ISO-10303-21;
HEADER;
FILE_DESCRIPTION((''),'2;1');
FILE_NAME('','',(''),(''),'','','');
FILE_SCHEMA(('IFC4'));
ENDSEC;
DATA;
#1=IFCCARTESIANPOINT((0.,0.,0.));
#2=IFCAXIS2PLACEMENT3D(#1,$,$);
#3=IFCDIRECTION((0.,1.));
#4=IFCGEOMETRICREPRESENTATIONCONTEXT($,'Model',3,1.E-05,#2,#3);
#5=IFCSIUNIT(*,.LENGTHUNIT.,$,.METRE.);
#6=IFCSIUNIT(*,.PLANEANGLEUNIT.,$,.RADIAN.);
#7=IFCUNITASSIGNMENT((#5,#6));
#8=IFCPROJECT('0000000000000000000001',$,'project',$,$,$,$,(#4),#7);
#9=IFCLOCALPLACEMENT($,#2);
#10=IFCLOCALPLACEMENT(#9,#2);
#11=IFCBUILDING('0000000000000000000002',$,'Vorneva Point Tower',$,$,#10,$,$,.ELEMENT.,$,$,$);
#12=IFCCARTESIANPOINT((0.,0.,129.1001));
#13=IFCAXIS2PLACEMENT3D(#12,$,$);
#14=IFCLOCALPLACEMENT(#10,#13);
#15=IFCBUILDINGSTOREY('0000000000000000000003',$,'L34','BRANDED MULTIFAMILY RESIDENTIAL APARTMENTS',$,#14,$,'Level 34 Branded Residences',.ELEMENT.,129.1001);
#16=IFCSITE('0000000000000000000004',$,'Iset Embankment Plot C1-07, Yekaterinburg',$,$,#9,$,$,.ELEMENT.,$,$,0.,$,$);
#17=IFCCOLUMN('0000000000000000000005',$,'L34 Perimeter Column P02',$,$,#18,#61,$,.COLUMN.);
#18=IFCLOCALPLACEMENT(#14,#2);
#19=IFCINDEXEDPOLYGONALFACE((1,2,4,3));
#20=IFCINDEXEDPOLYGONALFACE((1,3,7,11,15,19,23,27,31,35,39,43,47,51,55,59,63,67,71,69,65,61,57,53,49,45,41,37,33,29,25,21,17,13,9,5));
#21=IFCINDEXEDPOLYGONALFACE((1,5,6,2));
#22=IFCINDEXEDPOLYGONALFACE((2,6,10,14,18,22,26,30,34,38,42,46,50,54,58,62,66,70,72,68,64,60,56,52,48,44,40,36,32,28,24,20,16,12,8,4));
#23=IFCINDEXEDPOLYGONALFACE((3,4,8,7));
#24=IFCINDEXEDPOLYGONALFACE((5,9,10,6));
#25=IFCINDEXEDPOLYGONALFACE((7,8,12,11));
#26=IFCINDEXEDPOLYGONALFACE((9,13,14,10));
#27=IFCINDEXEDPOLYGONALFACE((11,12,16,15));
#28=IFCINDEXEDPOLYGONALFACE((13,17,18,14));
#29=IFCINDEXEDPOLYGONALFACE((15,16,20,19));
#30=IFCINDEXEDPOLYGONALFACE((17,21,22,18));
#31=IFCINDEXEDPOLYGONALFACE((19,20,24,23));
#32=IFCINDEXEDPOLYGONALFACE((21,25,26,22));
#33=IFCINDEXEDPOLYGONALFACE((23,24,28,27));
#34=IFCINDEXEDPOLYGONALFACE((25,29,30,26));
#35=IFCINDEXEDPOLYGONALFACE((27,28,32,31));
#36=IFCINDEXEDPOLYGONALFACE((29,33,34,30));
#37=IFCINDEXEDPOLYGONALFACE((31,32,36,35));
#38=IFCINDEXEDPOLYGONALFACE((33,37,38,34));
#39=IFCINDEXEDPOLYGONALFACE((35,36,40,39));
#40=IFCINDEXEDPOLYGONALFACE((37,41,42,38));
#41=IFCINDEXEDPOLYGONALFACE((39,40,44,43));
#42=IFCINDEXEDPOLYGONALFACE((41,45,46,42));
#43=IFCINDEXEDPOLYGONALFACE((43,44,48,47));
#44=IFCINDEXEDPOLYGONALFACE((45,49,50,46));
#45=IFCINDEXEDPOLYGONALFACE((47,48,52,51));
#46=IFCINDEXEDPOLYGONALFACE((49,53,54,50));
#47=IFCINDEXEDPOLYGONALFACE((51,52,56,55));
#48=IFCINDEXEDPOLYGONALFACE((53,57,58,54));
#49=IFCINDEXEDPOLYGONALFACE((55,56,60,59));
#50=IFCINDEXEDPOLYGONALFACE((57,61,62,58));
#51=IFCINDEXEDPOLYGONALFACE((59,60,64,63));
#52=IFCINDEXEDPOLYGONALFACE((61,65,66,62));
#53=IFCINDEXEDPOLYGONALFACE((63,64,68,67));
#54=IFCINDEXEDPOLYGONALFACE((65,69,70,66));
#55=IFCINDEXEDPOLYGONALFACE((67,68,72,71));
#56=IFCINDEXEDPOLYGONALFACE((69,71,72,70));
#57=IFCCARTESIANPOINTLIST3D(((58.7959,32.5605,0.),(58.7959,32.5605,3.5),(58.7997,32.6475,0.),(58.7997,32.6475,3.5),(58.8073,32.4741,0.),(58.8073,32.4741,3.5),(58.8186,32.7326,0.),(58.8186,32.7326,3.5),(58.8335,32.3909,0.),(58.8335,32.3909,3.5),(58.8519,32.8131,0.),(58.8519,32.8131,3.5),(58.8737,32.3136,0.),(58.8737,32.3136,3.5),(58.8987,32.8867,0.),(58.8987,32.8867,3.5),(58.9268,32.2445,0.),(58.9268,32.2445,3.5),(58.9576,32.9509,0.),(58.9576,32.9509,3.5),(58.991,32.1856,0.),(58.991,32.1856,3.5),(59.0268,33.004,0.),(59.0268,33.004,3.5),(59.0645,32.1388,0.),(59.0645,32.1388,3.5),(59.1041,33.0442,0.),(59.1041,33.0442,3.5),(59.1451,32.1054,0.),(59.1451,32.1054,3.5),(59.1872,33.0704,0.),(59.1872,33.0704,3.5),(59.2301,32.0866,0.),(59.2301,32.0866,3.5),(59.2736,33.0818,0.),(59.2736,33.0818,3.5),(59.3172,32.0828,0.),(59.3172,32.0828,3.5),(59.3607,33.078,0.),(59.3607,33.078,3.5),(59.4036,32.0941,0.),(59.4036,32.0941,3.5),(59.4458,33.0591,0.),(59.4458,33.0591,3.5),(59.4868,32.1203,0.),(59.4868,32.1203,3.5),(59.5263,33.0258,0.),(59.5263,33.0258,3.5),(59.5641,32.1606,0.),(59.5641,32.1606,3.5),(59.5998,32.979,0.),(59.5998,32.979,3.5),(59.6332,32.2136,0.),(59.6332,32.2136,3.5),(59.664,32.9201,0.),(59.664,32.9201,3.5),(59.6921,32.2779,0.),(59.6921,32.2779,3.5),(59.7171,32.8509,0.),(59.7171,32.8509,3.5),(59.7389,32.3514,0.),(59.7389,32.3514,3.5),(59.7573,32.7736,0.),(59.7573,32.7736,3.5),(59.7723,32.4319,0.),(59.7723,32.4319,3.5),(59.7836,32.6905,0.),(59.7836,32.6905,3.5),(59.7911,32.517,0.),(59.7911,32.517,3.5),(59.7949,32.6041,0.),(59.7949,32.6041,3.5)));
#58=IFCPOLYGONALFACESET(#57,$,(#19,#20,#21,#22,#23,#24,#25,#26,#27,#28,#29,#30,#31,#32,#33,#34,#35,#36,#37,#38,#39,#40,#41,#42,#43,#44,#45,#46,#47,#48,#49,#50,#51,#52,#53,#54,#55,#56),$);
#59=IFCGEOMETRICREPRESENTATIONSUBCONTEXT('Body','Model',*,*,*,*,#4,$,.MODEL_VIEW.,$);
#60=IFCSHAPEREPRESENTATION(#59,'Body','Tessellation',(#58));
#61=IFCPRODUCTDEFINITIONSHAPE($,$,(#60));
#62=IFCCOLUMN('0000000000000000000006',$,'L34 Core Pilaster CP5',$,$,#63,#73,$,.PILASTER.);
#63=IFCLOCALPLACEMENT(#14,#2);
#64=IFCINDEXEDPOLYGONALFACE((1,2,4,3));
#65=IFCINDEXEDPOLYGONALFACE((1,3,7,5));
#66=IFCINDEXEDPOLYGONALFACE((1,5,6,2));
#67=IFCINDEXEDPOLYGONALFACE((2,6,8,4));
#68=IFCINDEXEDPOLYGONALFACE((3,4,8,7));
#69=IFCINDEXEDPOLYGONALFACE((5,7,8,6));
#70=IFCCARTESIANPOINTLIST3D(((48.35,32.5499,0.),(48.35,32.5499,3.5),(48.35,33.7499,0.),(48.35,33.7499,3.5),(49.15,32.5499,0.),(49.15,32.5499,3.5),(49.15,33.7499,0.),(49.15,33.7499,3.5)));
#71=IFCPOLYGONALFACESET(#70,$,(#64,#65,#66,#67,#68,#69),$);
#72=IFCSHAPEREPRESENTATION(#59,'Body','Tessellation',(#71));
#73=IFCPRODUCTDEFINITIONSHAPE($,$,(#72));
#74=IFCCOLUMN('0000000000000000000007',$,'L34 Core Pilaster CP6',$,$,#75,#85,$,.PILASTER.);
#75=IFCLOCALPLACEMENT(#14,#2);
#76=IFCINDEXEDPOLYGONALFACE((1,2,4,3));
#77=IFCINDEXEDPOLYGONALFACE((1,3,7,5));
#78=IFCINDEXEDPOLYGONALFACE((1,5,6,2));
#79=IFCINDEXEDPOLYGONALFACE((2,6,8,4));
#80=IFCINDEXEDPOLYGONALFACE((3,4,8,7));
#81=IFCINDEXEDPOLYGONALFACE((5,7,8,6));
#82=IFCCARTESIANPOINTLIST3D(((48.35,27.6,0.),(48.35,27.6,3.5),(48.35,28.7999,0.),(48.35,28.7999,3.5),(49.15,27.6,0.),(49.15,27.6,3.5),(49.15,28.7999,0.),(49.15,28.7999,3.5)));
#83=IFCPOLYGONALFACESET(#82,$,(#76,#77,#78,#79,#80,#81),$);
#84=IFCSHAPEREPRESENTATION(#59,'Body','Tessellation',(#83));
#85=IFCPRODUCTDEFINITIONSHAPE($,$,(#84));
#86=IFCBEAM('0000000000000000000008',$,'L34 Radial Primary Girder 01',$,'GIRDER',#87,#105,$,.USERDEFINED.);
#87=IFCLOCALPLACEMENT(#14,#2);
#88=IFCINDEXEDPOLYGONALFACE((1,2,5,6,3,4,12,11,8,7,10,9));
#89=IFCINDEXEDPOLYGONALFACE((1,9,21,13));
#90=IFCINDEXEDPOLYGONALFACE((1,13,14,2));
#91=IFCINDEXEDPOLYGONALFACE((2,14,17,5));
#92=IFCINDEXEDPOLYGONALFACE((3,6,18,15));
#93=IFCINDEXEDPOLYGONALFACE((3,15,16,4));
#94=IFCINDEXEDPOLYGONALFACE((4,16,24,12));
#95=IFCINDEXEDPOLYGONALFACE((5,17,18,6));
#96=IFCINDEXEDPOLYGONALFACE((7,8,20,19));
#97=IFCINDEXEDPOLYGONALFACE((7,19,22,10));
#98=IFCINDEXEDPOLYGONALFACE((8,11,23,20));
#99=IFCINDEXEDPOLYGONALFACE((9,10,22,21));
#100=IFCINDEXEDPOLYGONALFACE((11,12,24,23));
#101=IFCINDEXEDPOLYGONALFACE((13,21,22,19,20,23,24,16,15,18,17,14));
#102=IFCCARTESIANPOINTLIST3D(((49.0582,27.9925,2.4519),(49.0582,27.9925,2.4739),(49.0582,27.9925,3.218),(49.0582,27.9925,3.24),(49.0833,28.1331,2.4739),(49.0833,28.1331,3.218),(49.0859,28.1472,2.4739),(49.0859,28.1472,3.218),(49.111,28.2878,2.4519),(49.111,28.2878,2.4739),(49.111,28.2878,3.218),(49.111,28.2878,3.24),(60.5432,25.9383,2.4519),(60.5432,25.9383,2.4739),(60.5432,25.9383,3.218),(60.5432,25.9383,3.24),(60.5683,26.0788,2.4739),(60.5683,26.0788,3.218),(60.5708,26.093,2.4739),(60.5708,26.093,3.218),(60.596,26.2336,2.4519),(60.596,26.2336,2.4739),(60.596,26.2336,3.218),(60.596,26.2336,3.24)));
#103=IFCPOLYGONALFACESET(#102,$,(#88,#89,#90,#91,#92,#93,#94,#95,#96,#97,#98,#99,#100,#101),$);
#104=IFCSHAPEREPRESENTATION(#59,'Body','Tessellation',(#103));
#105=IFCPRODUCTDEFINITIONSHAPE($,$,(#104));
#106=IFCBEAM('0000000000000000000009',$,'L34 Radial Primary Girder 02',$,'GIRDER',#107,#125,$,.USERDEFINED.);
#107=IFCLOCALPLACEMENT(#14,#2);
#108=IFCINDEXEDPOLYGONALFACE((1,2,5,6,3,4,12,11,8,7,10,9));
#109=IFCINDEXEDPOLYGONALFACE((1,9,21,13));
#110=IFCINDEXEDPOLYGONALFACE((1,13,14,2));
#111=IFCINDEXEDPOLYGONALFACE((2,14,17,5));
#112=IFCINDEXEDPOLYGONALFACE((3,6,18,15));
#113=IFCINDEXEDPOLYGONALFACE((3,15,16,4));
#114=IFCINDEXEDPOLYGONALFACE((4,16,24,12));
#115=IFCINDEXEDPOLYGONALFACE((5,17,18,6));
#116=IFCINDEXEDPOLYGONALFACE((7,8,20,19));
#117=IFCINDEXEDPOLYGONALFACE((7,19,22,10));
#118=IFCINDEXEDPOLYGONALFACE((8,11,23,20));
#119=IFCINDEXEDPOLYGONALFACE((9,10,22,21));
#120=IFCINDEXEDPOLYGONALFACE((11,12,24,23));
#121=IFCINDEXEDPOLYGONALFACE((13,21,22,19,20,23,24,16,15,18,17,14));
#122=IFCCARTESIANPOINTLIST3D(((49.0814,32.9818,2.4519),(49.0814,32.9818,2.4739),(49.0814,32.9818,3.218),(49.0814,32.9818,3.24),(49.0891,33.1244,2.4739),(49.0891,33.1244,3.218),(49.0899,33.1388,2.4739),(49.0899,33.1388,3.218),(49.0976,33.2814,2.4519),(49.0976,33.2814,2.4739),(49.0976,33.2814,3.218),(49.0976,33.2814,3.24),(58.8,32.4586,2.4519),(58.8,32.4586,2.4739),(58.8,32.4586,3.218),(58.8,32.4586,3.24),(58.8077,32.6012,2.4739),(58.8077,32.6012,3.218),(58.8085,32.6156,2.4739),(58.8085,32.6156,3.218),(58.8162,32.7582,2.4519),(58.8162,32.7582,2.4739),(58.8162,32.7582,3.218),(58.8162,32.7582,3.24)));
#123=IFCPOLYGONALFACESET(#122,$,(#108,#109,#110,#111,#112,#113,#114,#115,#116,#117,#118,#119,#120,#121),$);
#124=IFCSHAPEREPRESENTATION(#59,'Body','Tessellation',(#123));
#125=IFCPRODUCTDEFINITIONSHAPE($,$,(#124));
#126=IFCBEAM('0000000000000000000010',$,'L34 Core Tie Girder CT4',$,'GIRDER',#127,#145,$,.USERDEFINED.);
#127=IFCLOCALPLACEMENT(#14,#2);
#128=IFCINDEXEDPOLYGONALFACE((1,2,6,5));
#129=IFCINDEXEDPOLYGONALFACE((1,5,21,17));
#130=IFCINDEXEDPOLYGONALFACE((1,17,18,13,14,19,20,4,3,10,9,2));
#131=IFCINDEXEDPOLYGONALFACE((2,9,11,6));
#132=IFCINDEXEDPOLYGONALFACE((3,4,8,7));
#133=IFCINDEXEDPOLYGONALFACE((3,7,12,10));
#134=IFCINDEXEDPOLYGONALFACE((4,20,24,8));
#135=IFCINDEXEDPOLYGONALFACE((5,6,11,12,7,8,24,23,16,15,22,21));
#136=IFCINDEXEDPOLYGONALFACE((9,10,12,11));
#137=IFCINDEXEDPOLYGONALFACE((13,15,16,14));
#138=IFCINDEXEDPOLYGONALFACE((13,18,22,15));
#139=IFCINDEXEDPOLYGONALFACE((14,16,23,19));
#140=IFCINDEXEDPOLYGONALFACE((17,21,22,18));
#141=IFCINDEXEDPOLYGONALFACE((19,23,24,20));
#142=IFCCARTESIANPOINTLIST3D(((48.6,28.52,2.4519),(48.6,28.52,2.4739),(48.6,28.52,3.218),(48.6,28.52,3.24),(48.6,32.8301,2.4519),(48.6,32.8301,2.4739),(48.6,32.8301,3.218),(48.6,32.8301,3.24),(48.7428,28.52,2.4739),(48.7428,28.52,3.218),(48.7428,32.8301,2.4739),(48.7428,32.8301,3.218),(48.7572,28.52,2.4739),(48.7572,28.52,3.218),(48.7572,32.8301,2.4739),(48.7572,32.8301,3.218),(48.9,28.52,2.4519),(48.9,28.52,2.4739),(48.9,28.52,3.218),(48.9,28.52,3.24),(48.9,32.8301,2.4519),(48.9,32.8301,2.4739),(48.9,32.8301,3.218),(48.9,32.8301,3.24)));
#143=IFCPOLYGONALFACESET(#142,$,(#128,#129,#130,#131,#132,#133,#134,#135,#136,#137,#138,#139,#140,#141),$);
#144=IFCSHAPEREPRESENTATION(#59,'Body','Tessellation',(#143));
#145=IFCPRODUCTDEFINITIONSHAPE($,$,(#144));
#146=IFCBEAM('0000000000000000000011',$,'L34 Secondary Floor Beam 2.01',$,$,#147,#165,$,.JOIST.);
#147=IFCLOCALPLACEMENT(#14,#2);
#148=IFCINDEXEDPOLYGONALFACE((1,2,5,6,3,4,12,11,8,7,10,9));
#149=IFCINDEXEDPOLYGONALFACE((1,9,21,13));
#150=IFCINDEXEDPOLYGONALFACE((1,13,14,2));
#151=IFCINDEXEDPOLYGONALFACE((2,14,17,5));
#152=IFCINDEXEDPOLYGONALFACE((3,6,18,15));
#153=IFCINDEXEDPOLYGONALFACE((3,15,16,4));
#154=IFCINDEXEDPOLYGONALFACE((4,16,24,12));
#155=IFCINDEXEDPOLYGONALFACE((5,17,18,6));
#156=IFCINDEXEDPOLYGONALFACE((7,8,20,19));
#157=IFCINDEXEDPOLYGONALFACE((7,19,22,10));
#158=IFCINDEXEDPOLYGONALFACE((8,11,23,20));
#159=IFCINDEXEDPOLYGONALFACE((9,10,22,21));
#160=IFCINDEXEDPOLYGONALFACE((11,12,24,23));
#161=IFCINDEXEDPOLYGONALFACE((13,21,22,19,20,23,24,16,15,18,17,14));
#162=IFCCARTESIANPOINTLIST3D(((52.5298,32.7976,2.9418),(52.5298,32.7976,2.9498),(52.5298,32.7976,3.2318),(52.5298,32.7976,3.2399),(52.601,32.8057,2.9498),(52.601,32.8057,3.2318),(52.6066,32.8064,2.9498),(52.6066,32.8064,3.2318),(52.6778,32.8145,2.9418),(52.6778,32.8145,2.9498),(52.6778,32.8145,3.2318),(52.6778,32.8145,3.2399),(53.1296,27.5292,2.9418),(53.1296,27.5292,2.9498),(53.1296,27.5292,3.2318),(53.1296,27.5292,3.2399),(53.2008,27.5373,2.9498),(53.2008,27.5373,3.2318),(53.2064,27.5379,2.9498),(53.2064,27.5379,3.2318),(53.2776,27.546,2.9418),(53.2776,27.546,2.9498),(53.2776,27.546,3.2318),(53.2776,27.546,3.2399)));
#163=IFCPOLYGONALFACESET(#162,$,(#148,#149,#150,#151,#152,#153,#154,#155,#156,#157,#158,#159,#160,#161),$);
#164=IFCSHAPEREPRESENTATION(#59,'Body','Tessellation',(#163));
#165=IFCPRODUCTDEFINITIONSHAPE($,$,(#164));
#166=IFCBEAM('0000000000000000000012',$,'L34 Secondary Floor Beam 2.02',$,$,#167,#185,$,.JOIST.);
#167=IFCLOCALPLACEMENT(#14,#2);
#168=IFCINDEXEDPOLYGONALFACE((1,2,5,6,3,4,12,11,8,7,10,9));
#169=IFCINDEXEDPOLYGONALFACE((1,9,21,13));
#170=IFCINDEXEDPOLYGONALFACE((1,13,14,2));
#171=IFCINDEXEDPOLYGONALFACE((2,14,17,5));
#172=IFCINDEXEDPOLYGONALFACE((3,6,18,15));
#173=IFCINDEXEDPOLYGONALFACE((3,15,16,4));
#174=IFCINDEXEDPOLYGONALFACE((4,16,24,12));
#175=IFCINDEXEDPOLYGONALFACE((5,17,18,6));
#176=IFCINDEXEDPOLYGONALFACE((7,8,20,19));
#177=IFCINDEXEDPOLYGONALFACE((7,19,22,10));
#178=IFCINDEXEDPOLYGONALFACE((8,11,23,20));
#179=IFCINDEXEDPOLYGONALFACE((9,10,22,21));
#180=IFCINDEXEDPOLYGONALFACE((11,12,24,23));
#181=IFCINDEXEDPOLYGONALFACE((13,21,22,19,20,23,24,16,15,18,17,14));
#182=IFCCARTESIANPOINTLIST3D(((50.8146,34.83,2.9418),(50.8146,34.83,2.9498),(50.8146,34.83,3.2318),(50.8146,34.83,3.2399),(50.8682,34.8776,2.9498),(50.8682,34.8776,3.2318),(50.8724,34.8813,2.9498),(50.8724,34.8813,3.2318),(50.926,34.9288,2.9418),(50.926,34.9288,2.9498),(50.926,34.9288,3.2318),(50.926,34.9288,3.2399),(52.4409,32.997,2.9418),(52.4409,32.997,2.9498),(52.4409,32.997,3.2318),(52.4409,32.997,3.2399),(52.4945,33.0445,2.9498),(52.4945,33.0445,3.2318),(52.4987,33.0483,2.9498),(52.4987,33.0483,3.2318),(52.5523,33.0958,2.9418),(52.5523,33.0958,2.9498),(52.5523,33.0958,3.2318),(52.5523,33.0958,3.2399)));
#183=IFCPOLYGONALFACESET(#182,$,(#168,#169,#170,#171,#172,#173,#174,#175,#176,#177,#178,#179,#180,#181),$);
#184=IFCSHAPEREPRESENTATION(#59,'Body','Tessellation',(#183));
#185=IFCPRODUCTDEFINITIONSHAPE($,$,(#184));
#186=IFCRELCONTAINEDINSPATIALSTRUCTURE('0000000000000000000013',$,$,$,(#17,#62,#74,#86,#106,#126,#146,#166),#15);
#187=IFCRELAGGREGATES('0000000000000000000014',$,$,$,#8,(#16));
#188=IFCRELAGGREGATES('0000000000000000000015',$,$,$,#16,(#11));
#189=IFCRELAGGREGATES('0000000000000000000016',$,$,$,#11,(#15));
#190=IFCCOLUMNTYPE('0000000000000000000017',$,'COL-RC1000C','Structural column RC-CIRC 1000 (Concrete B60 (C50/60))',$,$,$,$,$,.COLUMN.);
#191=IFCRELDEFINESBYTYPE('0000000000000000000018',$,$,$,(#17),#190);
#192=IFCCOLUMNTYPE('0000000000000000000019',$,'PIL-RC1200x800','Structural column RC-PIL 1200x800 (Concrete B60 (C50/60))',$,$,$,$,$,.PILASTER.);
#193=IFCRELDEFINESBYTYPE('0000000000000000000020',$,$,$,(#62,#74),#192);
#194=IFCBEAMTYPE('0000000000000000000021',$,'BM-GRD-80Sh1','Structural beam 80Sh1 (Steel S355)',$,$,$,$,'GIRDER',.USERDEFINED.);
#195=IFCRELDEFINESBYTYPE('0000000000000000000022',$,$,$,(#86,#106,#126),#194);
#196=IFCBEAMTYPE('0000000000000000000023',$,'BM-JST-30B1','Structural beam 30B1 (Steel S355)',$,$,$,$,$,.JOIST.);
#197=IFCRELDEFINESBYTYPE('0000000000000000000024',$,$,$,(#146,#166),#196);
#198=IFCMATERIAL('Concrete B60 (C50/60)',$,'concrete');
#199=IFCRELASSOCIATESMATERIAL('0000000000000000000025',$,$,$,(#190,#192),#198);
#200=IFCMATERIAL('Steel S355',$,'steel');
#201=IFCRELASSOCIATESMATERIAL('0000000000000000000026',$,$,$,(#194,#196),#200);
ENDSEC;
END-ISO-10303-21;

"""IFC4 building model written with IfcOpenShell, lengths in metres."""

from ifc_helpers import new_model, si_unit, direction, frame, origin, origin_2d, place, context, subcontext, project, spatial, rectangle, circle, i_section, extrude, material, material_profile, profile_set, type_object, element, save


model = new_model("IFC4")

# Units and contexts
model_context = context("Model", 3, precision=1e-05, world=origin(), true_north=direction((0.0, 1.0)))
body_context = subcontext(model_context, "Body", "Model", "MODEL_VIEW")
ifc_project = project(units=[si_unit("LENGTHUNIT", "METRE"), si_unit("PLANEANGLEUNIT", "RADIAN")], contexts=[model_context])

# Site, building, storey
site_placement = place(None, origin())
site = spatial("IfcSite", under=ifc_project, at=site_placement, Name="Iset Embankment Plot C1-07, Yekaterinburg", CompositionType="ELEMENT", RefElevation=0.0)
building_placement = place(site_placement, origin())
building = spatial("IfcBuilding", under=site, at=building_placement, Name="Vorneva Point Tower", CompositionType="ELEMENT")
storey_placement = place(building_placement, frame((0.0, 0.0, 129.1001)))
storey = spatial("IfcBuildingStorey", under=building, at=storey_placement, Name="L34", Description="BRANDED MULTIFAMILY RESIDENTIAL APARTMENTS", LongName="Level 34 Branded Residences", CompositionType="ELEMENT", Elevation=129.1001)

# Columns
ifc_material_1 = material(Name="Concrete B60 (C50/60)", Category="concrete")
ifc_material_profile_1 = material_profile(ifc_material_1, circle(Radius=0.5, at=origin_2d()), Name="RC-CIRC 1000")
ifc_profile_set_1 = profile_set([ifc_material_profile_1], Name="Concrete B60 (C50/60)")
column_type_1 = type_object("IfcColumnType", Name="COL-RC1000C", Description="Structural column RC-CIRC 1000 (Concrete B60 (C50/60))", PredefinedType="COLUMN", material=ifc_profile_set_1)
column_placement = place(storey_placement, frame((59.2954, 32.5823, 0.0), z_axis=(0.0, 0.0, 1.0), x_axis=(0.92388, 0.382683, 0.0)))
element("IfcColumn", 1, at=column_placement, inside=storey, type_object=column_type_1, Name="L34 Perimeter Column P02", PredefinedType="COLUMN", context=body_context, shape_type="SweptSolid", body=[
    extrude(circle(Radius=0.5, at=origin_2d()), origin(), (0.0, 0.0, 1.0), 3.5),
])
ifc_material_profile_2 = material_profile(ifc_material_1, rectangle(XDim=0.8, YDim=1.2, at=origin_2d()), Name="RC-PIL 1200x800")
ifc_profile_set_2 = profile_set([ifc_material_profile_2], Name="Concrete B60 (C50/60)")
column_type_2 = type_object("IfcColumnType", Name="PIL-RC1200x800", Description="Structural column RC-PIL 1200x800 (Concrete B60 (C50/60))", PredefinedType="PILASTER", material=ifc_profile_set_2)
for number, where, z_axis, x_axis, name in (
    (2, (48.75, 33.1499, 0.0), (0.0, 0.0, 1.0), (1.0, 0.0, 0.0), "L34 Core Pilaster CP5"),
    (3, (48.75, 28.2, 0.0), (0.0, 0.0, 1.0), (1.0, 0.0, 0.0), "L34 Core Pilaster CP6"),
):
    element("IfcColumn", number, at=place(storey_placement, frame(where, z_axis=z_axis, x_axis=x_axis)), inside=storey, type_object=column_type_2, Name=name, PredefinedType="PILASTER", context=body_context, shape_type="SweptSolid", body=[
        extrude(rectangle(XDim=0.8, YDim=1.2, at=origin_2d()), origin(), (0.0, 0.0, 1.0), 3.5),
    ])

# Beams
ifc_material_2 = material(Name="Steel S355", Category="steel")
ifc_material_profile_3 = material_profile(ifc_material_2, i_section(OverallWidth=0.3, OverallDepth=0.7881, WebThickness=0.0144, FlangeThickness=0.022, at=origin_2d()), Name="80Sh1")
ifc_profile_set_3 = profile_set([ifc_material_profile_3], Name="Steel S355")
beam_type_1 = type_object("IfcBeamType", Name="BM-GRD-80Sh1", Description="Structural beam 80Sh1 (Steel S355)", ElementType="GIRDER", PredefinedType="USERDEFINED", material=ifc_profile_set_3)
beam_1_placement = place(storey_placement, frame((60.5696, 26.0859, 2.8459), z_axis=(-0.984378, 0.176067, 0.0), x_axis=(-0.176067, -0.984378, 0.0)))
element("IfcBeam", 4, at=beam_1_placement, inside=storey, type_object=beam_type_1, Name="L34 Radial Primary Girder 01", ObjectType="GIRDER", PredefinedType="USERDEFINED", context=body_context, shape_type="SweptSolid", body=[
    extrude(i_section(OverallWidth=0.3, OverallDepth=0.7881, WebThickness=0.0144, FlangeThickness=0.022, at=origin_2d()), origin(), (0.0, 0.0, 1.0), 11.6672),
])
beam_2_placement = place(storey_placement, frame((58.8081, 32.6084, 2.8459), z_axis=(-0.998554, 0.053757, 0.0), x_axis=(-0.053757, -0.998554, 0.0)))
element("IfcBeam", 5, at=beam_2_placement, inside=storey, type_object=beam_type_1, Name="L34 Radial Primary Girder 02", ObjectType="GIRDER", PredefinedType="USERDEFINED", context=body_context, shape_type="SweptSolid", body=[
    extrude(i_section(OverallWidth=0.3, OverallDepth=0.7881, WebThickness=0.0144, FlangeThickness=0.022, at=origin_2d()), origin(), (0.0, 0.0, 1.0), 9.7327),
])
beam_3_placement = place(storey_placement, frame((48.75, 28.52, 2.8459), z_axis=(0.0, 1.0, 0.0), x_axis=(-1.0, 0.0, 0.0)))
element("IfcBeam", 6, at=beam_3_placement, inside=storey, type_object=beam_type_1, Name="L34 Core Tie Girder CT4", ObjectType="GIRDER", PredefinedType="USERDEFINED", context=body_context, shape_type="SweptSolid", body=[
    extrude(i_section(OverallWidth=0.3, OverallDepth=0.7881, WebThickness=0.0144, FlangeThickness=0.022, at=origin_2d()), origin(), (0.0, 0.0, 1.0), 4.3101),
])
ifc_material_profile_4 = material_profile(ifc_material_2, i_section(OverallWidth=0.1489, OverallDepth=0.2981, WebThickness=0.0056, FlangeThickness=0.0081, at=origin_2d()), Name="30B1")
ifc_profile_set_4 = profile_set([ifc_material_profile_4], Name="Steel S355")
beam_type_2 = type_object("IfcBeamType", Name="BM-JST-30B1", Description="Structural beam 30B1 (Steel S355)", PredefinedType="JOIST", material=ifc_profile_set_4)
beam_4_placement = place(storey_placement, frame((53.2036, 27.5376, 3.0908), z_axis=(-0.113125, 0.993581, 0.0), x_axis=(-0.993581, -0.113125, 0.0)))
element("IfcBeam", 7, at=beam_4_placement, inside=storey, type_object=beam_type_2, Name="L34 Secondary Floor Beam 2.01", PredefinedType="JOIST", context=body_context, shape_type="SweptSolid", body=[
    extrude(i_section(OverallWidth=0.1489, OverallDepth=0.2981, WebThickness=0.0056, FlangeThickness=0.0081, at=origin_2d()), origin(), (0.0, 0.0, 1.0), 5.3025),
])
beam_5_placement = place(storey_placement, frame((52.4966, 33.0464, 3.0908), z_axis=(-0.663652, 0.748041, 0.0), x_axis=(-0.748041, -0.663652, 0.0)))
element("IfcBeam", 8, at=beam_5_placement, inside=storey, type_object=beam_type_2, Name="L34 Secondary Floor Beam 2.02", PredefinedType="JOIST", context=body_context, shape_type="SweptSolid", body=[
    extrude(i_section(OverallWidth=0.1489, OverallDepth=0.2981, WebThickness=0.0056, FlangeThickness=0.0081, at=origin_2d()), origin(), (0.0, 0.0, 1.0), 2.4504),
])

save(model, "model.ifc")
